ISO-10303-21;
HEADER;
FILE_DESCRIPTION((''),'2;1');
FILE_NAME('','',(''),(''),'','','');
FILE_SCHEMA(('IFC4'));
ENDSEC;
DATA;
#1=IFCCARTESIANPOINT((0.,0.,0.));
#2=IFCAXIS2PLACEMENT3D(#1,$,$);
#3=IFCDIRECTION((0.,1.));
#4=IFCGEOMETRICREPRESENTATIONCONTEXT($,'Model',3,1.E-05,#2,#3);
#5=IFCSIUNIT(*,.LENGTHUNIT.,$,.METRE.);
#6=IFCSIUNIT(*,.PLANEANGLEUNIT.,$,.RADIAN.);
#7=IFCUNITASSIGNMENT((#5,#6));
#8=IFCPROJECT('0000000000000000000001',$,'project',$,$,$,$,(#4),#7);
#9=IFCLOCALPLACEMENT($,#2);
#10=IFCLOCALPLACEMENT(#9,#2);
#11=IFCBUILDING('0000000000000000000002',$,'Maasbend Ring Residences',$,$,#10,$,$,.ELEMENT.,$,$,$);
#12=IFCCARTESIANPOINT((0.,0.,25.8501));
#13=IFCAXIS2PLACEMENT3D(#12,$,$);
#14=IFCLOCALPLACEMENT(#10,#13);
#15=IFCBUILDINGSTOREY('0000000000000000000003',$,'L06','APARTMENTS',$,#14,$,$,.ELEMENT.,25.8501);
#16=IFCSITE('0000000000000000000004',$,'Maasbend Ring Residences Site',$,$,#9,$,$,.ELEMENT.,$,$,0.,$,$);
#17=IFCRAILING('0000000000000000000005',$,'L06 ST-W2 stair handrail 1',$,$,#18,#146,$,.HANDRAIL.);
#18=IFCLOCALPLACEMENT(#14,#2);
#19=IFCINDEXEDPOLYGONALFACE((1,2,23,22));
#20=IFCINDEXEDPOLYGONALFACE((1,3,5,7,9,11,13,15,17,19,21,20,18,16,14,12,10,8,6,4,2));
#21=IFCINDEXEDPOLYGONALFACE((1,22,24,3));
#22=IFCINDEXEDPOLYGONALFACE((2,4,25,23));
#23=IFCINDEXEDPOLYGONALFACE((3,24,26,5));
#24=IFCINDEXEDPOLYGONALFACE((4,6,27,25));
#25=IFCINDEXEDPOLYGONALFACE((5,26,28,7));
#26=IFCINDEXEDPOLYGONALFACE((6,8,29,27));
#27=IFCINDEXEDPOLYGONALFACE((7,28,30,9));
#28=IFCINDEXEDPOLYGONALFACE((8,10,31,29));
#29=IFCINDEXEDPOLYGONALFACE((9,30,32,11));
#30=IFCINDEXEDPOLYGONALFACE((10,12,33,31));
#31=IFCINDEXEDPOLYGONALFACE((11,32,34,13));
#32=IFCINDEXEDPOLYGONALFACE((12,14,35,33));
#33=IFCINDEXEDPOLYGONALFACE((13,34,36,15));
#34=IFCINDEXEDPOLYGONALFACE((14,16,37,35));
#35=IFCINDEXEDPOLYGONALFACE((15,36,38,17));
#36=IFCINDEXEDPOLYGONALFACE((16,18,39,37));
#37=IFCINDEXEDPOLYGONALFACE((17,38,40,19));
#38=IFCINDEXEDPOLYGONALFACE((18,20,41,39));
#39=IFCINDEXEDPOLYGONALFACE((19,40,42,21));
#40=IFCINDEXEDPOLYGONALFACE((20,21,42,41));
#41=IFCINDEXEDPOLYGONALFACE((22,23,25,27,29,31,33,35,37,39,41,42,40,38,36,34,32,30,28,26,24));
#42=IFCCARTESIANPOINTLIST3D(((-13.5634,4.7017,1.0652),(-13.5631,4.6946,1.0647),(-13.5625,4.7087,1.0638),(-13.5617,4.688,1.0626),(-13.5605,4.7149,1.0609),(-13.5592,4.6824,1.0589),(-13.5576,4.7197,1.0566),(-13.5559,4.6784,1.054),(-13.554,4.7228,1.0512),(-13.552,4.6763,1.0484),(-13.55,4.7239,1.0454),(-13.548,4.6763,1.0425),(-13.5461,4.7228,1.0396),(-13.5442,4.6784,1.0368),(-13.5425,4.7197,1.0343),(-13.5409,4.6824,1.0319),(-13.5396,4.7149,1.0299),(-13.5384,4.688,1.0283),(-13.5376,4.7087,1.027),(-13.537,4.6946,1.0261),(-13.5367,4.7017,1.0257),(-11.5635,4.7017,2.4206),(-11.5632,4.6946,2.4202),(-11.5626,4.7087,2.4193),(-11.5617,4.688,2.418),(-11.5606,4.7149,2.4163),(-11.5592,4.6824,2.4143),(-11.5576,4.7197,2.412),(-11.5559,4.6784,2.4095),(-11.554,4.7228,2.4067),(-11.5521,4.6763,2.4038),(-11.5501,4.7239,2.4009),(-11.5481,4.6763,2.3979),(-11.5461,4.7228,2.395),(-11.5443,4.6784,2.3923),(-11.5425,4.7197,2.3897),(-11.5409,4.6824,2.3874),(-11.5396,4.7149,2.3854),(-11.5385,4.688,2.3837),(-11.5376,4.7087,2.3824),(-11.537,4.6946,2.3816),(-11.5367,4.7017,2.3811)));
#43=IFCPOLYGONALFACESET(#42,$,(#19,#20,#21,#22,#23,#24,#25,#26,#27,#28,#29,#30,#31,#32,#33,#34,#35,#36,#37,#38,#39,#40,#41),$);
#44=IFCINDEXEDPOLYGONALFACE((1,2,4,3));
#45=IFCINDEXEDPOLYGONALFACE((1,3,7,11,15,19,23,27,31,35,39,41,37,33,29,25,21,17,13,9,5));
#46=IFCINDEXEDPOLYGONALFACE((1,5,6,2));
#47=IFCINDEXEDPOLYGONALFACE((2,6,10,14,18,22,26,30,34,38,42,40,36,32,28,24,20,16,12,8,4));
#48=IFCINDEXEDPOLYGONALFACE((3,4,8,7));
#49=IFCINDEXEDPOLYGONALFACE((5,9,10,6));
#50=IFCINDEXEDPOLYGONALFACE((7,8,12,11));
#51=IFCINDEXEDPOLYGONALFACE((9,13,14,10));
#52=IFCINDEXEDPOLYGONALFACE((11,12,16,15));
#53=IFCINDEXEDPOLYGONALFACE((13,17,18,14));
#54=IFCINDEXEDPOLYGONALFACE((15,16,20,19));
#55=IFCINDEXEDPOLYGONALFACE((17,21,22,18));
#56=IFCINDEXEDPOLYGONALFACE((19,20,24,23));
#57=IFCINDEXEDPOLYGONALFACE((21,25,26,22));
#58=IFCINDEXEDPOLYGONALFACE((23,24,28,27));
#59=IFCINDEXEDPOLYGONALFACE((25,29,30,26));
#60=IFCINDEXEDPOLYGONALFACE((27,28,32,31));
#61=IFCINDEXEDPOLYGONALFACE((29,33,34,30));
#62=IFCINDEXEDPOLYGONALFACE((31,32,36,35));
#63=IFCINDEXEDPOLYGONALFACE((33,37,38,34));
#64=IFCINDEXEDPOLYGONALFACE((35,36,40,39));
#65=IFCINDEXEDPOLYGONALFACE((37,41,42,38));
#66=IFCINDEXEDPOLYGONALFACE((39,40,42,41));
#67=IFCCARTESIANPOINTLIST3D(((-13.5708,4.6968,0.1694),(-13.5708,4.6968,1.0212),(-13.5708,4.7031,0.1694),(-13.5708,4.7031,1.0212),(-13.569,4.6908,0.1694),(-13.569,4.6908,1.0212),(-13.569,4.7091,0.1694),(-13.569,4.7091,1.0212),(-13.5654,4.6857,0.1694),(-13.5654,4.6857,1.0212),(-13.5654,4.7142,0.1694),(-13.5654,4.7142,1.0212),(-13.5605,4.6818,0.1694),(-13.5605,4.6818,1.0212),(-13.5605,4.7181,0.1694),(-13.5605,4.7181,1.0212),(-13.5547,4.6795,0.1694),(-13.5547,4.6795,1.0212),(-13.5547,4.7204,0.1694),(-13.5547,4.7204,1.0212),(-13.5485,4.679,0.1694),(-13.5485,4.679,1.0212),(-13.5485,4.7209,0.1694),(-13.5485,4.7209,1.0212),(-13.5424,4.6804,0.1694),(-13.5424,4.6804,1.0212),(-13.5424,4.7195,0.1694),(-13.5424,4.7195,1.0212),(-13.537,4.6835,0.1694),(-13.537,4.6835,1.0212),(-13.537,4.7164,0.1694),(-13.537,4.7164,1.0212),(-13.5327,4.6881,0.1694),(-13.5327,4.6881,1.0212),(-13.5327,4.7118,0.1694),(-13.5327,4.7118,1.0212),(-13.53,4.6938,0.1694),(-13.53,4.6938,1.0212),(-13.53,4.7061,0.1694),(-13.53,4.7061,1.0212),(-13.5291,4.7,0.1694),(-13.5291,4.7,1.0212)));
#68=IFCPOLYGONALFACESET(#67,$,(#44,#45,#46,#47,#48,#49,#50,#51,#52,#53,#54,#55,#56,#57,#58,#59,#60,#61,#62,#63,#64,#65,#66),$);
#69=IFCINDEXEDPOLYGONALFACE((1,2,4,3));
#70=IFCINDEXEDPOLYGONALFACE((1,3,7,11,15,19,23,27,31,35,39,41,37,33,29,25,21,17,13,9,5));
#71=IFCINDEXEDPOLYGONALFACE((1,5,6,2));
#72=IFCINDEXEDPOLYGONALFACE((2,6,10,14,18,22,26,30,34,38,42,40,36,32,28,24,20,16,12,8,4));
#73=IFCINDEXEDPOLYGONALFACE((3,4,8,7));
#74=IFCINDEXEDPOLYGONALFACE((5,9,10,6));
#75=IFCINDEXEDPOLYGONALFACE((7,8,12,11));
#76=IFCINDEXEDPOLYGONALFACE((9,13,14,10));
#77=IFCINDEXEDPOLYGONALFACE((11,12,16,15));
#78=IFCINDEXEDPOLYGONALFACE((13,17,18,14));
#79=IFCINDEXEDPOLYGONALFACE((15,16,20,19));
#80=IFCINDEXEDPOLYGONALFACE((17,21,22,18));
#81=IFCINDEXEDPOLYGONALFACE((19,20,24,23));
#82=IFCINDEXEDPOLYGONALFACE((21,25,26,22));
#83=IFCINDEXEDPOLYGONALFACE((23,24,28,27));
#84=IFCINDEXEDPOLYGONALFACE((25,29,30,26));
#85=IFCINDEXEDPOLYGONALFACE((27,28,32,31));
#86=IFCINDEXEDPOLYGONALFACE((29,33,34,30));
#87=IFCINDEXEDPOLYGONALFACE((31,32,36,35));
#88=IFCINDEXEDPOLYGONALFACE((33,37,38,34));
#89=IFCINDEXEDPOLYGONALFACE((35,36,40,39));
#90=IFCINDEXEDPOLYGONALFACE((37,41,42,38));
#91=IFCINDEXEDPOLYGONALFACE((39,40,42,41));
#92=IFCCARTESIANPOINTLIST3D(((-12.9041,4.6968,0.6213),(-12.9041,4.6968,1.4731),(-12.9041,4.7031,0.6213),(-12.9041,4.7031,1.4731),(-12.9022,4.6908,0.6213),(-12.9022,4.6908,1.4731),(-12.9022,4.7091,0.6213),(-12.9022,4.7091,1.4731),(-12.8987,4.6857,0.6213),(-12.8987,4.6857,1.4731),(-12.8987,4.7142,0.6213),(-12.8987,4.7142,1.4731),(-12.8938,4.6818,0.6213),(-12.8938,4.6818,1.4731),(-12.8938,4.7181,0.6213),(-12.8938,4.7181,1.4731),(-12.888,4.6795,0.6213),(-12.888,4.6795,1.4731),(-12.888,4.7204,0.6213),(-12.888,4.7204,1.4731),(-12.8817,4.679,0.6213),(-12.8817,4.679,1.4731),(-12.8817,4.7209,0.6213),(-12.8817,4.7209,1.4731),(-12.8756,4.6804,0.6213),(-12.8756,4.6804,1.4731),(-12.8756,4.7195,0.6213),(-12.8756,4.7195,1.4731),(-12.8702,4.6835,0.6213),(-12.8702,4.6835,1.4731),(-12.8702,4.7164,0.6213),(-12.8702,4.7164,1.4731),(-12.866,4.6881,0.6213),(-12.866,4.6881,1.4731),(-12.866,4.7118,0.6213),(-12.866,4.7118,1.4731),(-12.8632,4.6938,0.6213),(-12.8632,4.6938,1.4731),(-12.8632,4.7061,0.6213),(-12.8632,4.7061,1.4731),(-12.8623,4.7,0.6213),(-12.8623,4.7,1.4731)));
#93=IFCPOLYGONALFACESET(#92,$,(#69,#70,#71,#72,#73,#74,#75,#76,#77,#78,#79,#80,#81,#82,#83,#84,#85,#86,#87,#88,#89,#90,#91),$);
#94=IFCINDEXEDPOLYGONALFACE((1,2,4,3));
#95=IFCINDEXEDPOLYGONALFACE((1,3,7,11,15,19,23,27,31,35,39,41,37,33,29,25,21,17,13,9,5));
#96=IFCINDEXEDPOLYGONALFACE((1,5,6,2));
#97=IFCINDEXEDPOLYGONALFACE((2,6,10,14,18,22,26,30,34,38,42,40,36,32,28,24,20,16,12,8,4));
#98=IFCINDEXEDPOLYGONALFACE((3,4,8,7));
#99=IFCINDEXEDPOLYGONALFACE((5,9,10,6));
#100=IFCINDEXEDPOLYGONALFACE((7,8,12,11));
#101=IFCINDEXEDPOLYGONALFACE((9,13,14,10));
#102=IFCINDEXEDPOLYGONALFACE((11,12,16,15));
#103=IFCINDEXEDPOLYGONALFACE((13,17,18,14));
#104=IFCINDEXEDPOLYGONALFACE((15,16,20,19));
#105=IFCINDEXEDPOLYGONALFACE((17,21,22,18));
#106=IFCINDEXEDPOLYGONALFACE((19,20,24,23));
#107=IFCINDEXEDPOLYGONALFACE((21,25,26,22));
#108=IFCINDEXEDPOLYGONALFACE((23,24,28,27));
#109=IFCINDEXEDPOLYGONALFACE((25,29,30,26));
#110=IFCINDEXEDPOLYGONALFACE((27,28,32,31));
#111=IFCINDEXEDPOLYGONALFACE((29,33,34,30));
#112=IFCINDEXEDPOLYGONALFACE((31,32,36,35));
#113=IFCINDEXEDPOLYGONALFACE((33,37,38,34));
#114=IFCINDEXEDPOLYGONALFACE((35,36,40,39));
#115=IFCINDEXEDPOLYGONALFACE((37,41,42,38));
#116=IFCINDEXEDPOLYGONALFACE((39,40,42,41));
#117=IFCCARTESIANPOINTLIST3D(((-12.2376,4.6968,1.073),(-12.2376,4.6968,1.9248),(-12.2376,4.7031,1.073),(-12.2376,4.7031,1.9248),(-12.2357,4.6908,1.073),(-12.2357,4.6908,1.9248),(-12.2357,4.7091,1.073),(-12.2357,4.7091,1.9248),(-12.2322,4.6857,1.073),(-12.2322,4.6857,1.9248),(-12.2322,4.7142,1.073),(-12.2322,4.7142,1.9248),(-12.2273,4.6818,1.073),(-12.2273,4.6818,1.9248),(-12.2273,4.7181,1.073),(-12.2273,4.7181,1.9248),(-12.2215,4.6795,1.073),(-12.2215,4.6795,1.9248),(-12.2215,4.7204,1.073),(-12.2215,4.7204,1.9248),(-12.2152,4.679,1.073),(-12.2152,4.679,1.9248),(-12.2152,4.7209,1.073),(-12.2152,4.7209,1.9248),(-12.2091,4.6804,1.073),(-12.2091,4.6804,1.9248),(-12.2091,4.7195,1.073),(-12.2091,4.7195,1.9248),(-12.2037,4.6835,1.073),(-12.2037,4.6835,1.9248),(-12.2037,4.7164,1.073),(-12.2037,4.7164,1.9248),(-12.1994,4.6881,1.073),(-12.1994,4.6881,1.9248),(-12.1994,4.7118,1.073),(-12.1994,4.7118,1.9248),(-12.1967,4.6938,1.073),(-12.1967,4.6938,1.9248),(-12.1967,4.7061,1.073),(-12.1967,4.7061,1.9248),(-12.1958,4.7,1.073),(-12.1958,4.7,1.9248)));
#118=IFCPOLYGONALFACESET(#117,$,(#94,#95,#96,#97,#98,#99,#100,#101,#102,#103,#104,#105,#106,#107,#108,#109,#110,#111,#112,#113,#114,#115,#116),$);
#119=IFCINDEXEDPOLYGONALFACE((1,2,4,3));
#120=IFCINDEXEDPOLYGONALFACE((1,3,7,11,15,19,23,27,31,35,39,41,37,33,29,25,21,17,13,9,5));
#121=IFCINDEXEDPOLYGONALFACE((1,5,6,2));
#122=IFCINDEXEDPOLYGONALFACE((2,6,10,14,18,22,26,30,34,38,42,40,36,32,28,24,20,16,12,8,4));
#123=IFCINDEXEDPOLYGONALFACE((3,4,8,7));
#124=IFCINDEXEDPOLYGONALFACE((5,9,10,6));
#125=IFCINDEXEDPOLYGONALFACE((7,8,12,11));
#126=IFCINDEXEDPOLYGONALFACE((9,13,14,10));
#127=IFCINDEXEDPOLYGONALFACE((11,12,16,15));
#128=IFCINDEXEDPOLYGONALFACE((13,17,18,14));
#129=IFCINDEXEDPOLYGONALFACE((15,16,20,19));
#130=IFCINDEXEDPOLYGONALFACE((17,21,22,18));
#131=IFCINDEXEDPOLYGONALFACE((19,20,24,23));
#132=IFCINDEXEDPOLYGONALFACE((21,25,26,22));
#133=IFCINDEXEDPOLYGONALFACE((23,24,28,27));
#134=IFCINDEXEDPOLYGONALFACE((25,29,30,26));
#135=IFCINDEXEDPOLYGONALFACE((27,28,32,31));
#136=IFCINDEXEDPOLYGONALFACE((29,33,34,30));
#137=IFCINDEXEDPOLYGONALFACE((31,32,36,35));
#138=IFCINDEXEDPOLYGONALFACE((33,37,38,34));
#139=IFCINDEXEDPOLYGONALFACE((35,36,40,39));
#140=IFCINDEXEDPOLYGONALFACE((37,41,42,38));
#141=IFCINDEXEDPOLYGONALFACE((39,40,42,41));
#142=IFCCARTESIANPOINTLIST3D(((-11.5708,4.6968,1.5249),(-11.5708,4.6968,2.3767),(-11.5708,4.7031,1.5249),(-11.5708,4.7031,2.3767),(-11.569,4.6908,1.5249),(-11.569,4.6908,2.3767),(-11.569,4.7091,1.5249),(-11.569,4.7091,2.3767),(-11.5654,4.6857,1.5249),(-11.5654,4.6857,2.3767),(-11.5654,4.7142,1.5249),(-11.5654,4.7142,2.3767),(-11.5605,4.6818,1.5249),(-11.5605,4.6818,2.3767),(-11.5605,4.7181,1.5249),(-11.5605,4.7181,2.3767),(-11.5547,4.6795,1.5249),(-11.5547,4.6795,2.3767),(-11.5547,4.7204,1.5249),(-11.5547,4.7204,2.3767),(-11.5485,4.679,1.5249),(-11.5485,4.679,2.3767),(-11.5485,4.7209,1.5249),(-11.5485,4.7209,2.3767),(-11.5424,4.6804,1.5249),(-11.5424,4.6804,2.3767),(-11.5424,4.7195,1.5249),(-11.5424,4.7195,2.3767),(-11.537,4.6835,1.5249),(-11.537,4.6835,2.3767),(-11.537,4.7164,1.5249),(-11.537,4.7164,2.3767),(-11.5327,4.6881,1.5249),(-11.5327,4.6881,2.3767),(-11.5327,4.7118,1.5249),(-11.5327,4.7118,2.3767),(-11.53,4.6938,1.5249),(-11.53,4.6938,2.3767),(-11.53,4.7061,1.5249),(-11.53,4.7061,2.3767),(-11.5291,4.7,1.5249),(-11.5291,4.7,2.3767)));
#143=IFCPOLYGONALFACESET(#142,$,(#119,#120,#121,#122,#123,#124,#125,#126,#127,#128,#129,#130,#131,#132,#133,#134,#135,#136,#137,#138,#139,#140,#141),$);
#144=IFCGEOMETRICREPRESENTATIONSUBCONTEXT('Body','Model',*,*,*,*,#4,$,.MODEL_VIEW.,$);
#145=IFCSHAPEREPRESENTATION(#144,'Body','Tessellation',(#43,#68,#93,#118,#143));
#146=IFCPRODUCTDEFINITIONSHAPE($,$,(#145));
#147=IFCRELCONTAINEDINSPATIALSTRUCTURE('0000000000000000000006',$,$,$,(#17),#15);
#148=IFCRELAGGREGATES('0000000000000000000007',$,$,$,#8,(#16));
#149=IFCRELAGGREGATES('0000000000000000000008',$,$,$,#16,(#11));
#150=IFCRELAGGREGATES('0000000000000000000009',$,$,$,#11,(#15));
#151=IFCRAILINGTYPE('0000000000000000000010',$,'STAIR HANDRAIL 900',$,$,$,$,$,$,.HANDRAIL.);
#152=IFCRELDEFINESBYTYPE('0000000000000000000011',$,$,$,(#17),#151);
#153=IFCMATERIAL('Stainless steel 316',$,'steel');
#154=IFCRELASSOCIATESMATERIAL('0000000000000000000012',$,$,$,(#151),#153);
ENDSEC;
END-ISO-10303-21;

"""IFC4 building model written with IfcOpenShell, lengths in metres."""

from ifc_helpers import new_model, si_unit, direction, frame, origin, origin_2d, place, context, subcontext, project, spatial, circle, extrude, material, type_object, element, save


model = new_model("IFC4")

# Units and contexts
model_context = context("Model", 3, precision=1e-05, world=origin(), true_north=direction((0.0, 1.0)))
body_context = subcontext(model_context, "Body", "Model", "MODEL_VIEW")
ifc_project = project(units=[si_unit("LENGTHUNIT", "METRE"), si_unit("PLANEANGLEUNIT", "RADIAN")], contexts=[model_context])

# Site, building, storey
site_placement = place(None, origin())
site = spatial("IfcSite", under=ifc_project, at=site_placement, Name="Maasbend Ring Residences Site", CompositionType="ELEMENT", RefElevation=0.0)
building_placement = place(site_placement, origin())
building = spatial("IfcBuilding", under=site, at=building_placement, Name="Maasbend Ring Residences", CompositionType="ELEMENT")
storey_placement = place(building_placement, frame((0.0, 0.0, 25.8501)))
storey = spatial("IfcBuildingStorey", under=building, at=storey_placement, Name="L06", Description="APARTMENTS", CompositionType="ELEMENT", Elevation=25.8501)

# Railing
ifc_material_1 = material(Name="Stainless steel 316", Category="steel")
railing_type_1 = type_object("IfcRailingType", Name="STAIR HANDRAIL 900", PredefinedType="HANDRAIL", material=ifc_material_1)
railing_1_placement = place(storey_placement, frame((-13.55, 4.7, 0.1694)))
element("IfcRailing", 1, at=railing_1_placement, inside=storey, type_object=railing_type_1, Name="L06 ST-W2 stair handrail 1", PredefinedType="HANDRAIL", context=body_context, shape_type="SweptSolid", body=[
    extrude(circle(Radius=0.0239, at=origin_2d()), frame((0.0, 0.0, 0.876), z_axis=(0.827798, 0.0, 0.561027), x_axis=(0.0, 1.0, 0.0)), (0.0, 0.0, 1.0), 2.416),
    extrude(circle(Radius=0.021, at=origin_2d()), origin(), (0.0, 0.0, 1.0), 0.8518),
    extrude(circle(Radius=0.021, at=origin_2d()), frame((0.6667, 0.0, 0.4519)), (0.0, 0.0, 1.0), 0.8518),
    extrude(circle(Radius=0.021, at=origin_2d()), frame((1.3333, 0.0, 0.9036)), (0.0, 0.0, 1.0), 0.8518),
    extrude(circle(Radius=0.021, at=origin_2d()), frame((2.0, 0.0, 1.3555)), (0.0, 0.0, 1.0), 0.8518),
])

save(model, "model.ifc")
